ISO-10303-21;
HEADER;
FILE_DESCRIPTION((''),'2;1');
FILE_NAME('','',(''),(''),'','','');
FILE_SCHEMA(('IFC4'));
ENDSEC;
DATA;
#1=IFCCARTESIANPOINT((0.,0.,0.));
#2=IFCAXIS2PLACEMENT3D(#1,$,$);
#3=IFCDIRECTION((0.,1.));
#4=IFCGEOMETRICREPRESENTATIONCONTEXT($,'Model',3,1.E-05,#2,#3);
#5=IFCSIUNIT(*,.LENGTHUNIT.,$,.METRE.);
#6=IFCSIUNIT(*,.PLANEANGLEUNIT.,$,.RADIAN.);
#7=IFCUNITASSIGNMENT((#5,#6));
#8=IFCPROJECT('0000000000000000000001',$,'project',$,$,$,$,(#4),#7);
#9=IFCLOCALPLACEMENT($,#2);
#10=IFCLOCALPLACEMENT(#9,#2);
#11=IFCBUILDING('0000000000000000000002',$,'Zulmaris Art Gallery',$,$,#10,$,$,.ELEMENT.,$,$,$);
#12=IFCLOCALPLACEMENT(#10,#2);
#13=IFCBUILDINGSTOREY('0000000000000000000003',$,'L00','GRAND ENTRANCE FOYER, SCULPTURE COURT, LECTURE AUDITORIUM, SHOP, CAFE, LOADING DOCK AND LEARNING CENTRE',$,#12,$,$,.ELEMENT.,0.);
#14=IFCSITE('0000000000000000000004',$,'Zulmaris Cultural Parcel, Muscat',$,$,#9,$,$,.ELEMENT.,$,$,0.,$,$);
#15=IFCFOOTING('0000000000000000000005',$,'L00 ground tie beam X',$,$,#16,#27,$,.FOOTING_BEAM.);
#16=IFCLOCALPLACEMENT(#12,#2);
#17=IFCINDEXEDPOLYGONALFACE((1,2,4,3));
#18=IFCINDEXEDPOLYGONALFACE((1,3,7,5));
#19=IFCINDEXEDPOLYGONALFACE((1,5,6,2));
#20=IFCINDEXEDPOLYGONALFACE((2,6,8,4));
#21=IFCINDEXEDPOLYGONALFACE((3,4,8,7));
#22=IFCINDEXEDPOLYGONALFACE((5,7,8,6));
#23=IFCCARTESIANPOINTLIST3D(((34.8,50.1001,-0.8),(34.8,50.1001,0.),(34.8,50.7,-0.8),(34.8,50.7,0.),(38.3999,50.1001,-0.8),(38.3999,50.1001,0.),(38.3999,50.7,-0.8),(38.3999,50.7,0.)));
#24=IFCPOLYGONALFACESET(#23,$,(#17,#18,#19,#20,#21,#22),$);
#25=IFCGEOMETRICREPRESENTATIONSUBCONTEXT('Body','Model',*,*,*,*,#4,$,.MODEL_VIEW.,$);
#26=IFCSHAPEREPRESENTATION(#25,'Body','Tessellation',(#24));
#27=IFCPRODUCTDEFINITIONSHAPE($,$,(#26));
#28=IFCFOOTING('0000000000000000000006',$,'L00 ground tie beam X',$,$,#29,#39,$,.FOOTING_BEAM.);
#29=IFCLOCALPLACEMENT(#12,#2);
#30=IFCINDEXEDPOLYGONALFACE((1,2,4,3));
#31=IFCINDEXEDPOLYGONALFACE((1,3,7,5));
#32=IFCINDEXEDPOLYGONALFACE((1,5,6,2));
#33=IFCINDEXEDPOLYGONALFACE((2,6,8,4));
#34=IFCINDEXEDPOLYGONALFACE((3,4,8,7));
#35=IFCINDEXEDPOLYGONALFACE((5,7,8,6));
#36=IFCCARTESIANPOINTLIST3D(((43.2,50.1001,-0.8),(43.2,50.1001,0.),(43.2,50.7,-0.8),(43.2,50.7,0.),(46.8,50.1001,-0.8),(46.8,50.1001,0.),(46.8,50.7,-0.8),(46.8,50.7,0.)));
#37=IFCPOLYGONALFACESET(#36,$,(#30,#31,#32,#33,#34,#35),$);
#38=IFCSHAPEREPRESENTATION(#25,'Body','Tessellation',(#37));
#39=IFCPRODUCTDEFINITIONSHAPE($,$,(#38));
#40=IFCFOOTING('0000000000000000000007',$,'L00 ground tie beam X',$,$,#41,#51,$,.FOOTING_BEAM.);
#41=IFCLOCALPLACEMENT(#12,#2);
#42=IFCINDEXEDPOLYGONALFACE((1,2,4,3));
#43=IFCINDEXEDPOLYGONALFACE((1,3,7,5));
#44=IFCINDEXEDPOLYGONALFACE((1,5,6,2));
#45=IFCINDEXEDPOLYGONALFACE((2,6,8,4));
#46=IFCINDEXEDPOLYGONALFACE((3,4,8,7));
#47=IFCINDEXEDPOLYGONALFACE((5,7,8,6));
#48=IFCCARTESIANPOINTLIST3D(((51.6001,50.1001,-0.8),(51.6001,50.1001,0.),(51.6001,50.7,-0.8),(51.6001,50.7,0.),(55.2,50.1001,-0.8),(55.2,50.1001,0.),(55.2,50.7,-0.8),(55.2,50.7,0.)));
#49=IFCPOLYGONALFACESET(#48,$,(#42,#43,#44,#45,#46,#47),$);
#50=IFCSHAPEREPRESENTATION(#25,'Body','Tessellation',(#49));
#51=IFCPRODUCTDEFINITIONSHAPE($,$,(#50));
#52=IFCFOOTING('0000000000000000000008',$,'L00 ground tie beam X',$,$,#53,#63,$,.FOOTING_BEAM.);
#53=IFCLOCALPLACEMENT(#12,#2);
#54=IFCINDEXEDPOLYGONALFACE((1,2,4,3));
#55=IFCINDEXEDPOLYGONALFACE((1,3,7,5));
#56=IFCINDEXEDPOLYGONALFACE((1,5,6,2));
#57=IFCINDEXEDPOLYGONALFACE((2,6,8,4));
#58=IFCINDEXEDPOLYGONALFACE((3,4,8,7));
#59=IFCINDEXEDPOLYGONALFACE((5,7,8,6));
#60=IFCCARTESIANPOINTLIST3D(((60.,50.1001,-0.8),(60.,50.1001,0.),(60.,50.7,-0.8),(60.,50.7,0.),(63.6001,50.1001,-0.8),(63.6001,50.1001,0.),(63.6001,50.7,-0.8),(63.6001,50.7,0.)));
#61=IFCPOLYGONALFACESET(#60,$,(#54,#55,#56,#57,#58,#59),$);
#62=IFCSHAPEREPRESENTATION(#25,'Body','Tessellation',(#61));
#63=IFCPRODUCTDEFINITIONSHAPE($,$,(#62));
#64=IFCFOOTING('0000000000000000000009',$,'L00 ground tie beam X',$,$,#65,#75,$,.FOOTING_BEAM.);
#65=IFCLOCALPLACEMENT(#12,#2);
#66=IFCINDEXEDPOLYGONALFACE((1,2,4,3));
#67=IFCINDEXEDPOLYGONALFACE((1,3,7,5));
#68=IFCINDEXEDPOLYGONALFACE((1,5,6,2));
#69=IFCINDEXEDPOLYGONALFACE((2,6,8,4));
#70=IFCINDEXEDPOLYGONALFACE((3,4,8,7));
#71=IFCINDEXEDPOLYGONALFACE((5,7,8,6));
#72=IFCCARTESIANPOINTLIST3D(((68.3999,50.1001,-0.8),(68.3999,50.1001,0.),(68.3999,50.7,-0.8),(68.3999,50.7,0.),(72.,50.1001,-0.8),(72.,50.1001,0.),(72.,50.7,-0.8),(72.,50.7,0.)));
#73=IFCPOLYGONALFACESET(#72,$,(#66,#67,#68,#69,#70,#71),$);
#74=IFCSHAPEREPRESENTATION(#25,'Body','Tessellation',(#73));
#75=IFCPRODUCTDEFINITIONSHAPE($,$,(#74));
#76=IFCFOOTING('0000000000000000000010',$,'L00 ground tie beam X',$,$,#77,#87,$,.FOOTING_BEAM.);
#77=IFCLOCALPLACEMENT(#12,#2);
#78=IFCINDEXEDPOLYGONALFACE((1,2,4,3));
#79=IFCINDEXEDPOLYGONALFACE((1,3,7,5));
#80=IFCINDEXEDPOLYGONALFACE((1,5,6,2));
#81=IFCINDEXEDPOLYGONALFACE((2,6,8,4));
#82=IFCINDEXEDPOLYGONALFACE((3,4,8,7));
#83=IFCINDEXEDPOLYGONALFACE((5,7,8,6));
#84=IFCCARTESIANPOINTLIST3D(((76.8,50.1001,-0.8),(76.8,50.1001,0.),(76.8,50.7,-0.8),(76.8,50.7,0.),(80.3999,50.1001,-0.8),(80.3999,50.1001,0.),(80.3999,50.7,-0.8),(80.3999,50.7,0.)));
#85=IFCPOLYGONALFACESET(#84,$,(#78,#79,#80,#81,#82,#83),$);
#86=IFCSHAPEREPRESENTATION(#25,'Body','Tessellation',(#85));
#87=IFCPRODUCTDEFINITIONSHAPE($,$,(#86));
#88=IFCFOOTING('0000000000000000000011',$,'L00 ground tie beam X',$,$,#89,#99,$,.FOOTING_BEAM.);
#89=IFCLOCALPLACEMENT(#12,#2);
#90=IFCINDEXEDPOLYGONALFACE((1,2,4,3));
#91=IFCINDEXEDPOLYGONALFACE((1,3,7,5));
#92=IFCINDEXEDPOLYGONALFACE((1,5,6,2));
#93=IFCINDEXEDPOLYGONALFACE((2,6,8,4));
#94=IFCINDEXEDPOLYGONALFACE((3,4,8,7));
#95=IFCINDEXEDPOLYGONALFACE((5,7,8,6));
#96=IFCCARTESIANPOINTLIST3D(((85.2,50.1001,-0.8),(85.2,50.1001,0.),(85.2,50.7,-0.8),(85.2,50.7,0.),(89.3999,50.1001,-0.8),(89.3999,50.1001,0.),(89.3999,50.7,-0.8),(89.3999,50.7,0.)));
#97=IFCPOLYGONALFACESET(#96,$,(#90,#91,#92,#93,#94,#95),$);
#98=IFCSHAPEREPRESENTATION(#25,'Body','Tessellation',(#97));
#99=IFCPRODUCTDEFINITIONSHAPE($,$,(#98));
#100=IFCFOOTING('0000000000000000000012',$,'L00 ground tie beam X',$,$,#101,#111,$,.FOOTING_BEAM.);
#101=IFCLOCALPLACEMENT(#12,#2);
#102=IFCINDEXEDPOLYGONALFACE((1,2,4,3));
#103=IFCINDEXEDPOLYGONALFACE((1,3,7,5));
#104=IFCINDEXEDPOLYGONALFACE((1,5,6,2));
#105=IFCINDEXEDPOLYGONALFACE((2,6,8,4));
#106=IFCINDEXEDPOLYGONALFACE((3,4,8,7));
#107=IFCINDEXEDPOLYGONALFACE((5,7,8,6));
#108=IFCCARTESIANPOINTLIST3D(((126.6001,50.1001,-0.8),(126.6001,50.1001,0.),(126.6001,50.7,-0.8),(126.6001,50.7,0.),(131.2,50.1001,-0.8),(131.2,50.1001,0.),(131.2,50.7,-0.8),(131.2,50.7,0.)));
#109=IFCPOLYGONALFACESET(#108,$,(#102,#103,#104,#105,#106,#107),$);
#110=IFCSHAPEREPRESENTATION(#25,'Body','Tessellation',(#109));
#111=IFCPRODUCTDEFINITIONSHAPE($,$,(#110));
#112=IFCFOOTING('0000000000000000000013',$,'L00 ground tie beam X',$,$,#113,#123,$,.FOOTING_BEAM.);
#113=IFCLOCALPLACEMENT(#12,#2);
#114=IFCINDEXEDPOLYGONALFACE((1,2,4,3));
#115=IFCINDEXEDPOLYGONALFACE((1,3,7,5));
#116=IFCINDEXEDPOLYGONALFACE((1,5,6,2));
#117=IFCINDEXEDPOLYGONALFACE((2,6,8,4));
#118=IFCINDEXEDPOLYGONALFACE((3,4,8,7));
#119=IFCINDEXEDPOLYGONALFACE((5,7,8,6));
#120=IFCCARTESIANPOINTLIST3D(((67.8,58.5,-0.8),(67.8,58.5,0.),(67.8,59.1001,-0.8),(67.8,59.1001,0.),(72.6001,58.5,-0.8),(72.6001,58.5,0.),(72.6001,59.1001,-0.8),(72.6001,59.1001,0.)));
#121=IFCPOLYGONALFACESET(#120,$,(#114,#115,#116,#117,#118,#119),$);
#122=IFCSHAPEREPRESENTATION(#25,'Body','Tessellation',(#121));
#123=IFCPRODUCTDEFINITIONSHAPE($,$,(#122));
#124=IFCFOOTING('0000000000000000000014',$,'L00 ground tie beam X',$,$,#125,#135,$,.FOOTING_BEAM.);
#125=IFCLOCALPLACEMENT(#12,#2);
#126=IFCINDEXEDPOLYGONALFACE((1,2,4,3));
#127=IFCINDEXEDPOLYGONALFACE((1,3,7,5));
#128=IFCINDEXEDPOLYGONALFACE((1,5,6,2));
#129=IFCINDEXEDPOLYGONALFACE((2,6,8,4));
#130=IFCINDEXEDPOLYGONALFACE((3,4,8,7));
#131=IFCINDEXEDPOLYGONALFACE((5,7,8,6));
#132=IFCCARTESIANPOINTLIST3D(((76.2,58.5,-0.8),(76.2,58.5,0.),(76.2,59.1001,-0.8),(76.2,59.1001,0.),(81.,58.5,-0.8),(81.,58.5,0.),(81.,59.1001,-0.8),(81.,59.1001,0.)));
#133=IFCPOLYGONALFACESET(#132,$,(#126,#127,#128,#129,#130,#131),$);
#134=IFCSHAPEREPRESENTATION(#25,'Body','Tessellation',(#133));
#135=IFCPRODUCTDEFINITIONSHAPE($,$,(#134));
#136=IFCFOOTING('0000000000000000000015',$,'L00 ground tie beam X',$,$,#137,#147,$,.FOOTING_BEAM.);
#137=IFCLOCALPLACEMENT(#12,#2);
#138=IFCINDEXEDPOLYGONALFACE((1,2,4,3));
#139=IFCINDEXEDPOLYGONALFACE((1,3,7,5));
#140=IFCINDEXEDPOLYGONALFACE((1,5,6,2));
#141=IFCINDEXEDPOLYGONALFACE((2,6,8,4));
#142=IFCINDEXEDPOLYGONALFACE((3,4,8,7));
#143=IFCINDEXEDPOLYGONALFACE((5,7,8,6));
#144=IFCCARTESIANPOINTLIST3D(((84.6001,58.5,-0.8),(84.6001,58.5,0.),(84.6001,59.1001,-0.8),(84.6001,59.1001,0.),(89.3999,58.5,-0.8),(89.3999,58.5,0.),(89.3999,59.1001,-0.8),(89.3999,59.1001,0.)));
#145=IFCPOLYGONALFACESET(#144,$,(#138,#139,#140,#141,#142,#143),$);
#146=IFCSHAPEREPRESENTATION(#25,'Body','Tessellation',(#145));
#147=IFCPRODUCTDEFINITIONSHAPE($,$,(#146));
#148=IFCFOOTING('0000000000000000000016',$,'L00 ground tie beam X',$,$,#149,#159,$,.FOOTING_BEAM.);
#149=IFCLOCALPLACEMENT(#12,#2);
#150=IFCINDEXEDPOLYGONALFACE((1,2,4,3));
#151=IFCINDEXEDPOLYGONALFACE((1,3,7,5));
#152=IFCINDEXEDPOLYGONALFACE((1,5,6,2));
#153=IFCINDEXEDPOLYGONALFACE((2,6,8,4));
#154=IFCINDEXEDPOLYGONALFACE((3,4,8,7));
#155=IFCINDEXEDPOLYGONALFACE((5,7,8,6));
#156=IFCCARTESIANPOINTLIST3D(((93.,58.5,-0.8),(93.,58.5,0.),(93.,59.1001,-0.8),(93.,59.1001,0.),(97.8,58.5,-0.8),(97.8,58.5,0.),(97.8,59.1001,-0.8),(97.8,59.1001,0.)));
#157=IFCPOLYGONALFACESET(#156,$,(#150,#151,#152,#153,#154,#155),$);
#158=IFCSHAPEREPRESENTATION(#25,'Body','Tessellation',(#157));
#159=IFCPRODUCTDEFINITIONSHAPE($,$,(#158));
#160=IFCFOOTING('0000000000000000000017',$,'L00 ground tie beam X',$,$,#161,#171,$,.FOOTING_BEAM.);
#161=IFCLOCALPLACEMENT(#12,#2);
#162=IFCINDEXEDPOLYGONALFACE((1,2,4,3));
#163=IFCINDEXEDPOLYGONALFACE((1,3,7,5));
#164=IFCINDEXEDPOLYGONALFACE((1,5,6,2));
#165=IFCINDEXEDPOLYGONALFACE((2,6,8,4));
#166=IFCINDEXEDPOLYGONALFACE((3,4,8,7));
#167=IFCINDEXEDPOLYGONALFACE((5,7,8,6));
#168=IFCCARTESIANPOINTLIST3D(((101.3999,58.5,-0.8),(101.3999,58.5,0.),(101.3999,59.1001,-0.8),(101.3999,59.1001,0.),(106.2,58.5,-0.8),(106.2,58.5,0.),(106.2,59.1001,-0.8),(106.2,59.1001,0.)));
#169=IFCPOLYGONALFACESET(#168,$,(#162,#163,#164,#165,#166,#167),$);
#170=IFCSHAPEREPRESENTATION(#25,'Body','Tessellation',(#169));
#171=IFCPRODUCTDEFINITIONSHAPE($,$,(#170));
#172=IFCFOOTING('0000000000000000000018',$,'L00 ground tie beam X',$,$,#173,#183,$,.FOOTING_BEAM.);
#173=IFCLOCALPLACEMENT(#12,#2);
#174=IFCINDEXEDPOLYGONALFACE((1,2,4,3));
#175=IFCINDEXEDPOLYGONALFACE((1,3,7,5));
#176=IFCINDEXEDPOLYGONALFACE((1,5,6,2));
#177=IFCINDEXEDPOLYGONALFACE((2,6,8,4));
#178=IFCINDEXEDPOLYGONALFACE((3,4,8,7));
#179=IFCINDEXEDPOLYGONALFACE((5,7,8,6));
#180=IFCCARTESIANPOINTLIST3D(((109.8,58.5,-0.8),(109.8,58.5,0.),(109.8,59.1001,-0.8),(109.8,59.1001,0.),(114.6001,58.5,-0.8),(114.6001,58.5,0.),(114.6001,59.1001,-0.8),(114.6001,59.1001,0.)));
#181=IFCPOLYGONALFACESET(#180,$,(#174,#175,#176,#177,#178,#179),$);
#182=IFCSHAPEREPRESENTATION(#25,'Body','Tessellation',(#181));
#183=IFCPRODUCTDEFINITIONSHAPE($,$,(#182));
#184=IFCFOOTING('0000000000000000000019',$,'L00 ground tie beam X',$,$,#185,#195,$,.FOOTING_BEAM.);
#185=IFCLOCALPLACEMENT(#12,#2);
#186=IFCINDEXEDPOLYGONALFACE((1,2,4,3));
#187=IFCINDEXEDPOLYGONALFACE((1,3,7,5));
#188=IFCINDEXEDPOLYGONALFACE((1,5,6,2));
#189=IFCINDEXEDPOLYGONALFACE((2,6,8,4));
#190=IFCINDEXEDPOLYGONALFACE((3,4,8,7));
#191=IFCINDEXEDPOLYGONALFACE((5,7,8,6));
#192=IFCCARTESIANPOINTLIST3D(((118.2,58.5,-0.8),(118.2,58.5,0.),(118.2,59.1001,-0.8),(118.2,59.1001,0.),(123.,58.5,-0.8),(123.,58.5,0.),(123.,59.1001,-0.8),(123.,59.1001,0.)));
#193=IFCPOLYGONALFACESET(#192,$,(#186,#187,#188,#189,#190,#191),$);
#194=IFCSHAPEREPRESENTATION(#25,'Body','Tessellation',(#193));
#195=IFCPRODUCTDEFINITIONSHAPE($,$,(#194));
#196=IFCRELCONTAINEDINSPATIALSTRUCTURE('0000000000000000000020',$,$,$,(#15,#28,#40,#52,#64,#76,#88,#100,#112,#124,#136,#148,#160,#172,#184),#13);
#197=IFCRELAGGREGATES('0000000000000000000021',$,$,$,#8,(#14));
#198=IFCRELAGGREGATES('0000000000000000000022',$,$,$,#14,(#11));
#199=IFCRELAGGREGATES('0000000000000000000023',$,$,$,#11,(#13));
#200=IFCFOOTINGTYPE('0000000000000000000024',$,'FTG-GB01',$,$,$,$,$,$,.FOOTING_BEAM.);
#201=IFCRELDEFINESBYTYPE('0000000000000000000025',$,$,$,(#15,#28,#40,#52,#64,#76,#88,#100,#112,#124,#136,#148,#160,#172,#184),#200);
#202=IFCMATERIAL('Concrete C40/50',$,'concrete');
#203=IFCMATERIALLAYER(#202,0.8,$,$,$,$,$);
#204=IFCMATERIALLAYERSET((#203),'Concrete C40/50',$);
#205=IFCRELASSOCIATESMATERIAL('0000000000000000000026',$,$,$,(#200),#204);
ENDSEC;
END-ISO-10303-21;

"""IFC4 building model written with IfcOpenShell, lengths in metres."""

from ifc_helpers import new_model, si_unit, direction, frame, origin, place, context, subcontext, project, spatial, polyline, outline, extrude, material, layer, layer_set, type_object, element, save


model = new_model("IFC4")

# Units and contexts
model_context = context("Model", 3, precision=1e-05, world=origin(), true_north=direction((0.0, 1.0)))
body_context = subcontext(model_context, "Body", "Model", "MODEL_VIEW")
ifc_project = project(units=[si_unit("LENGTHUNIT", "METRE"), si_unit("PLANEANGLEUNIT", "RADIAN")], contexts=[model_context])

# Site, building, storey
site_placement = place(None, origin())
site = spatial("IfcSite", under=ifc_project, at=site_placement, Name="Zulmaris Cultural Parcel, Muscat", CompositionType="ELEMENT", RefElevation=0.0)
building_placement = place(site_placement, origin())
building = spatial("IfcBuilding", under=site, at=building_placement, Name="Zulmaris Art Gallery", CompositionType="ELEMENT")
storey_placement = place(building_placement, origin())
storey = spatial("IfcBuildingStorey", under=building, at=storey_placement, Name="L00", Description="GRAND ENTRANCE FOYER, SCULPTURE COURT, LECTURE AUDITORIUM, SHOP, CAFE, LOADING DOCK AND LEARNING CENTRE", CompositionType="ELEMENT", Elevation=0.0)

# Footings
ifc_material = material(Name="Concrete C40/50", Category="concrete")
ifc_layer = layer(ifc_material, 0.8)
ifc_layer_set = layer_set([ifc_layer], Name="Concrete C40/50")
footing_type = type_object("IfcFootingType", Name="FTG-GB01", PredefinedType="FOOTING_BEAM", material=ifc_layer_set)
footing_1_placement = place(storey_placement, frame((0.0, 0.0, -0.8)))
element("IfcFooting", 1, at=footing_1_placement, inside=storey, type_object=footing_type, Name="L00 ground tie beam X", PredefinedType="FOOTING_BEAM", context=body_context, shape_type="SweptSolid", body=[
    extrude(outline(polyline([(34.8, 50.1001), (38.3999, 50.1001), (38.3999, 50.7), (34.8, 50.7), (34.8, 50.1001)])), origin(), (0.0, 0.0, 1.0), 0.8),
])
footing_2_placement = place(storey_placement, frame((0.0, 0.0, -0.8)))
element("IfcFooting", 2, at=footing_2_placement, inside=storey, type_object=footing_type, Name="L00 ground tie beam X", PredefinedType="FOOTING_BEAM", context=body_context, shape_type="SweptSolid", body=[
    extrude(outline(polyline([(43.2, 50.1001), (46.8, 50.1001), (46.8, 50.7), (43.2, 50.7), (43.2, 50.1001)])), origin(), (0.0, 0.0, 1.0), 0.8),
])
footing_3_placement = place(storey_placement, frame((0.0, 0.0, -0.8)))
element("IfcFooting", 3, at=footing_3_placement, inside=storey, type_object=footing_type, Name="L00 ground tie beam X", PredefinedType="FOOTING_BEAM", context=body_context, shape_type="SweptSolid", body=[
    extrude(outline(polyline([(51.6001, 50.1001), (55.2, 50.1001), (55.2, 50.7), (51.6001, 50.7), (51.6001, 50.1001)])), origin(), (0.0, 0.0, 1.0), 0.8),
])
footing_4_placement = place(storey_placement, frame((0.0, 0.0, -0.8)))
element("IfcFooting", 4, at=footing_4_placement, inside=storey, type_object=footing_type, Name="L00 ground tie beam X", PredefinedType="FOOTING_BEAM", context=body_context, shape_type="SweptSolid", body=[
    extrude(outline(polyline([(60.0, 50.1001), (63.6001, 50.1001), (63.6001, 50.7), (60.0, 50.7), (60.0, 50.1001)])), origin(), (0.0, 0.0, 1.0), 0.8),
])
footing_5_placement = place(storey_placement, frame((0.0, 0.0, -0.8)))
element("IfcFooting", 5, at=footing_5_placement, inside=storey, type_object=footing_type, Name="L00 ground tie beam X", PredefinedType="FOOTING_BEAM", context=body_context, shape_type="SweptSolid", body=[
    extrude(outline(polyline([(68.3999, 50.1001), (72.0, 50.1001), (72.0, 50.7), (68.3999, 50.7), (68.3999, 50.1001)])), origin(), (0.0, 0.0, 1.0), 0.8),
])
footing_6_placement = place(storey_placement, frame((0.0, 0.0, -0.8)))
element("IfcFooting", 6, at=footing_6_placement, inside=storey, type_object=footing_type, Name="L00 ground tie beam X", PredefinedType="FOOTING_BEAM", context=body_context, shape_type="SweptSolid", body=[
    extrude(outline(polyline([(76.8, 50.1001), (80.3999, 50.1001), (80.3999, 50.7), (76.8, 50.7), (76.8, 50.1001)])), origin(), (0.0, 0.0, 1.0), 0.8),
])
footing_7_placement = place(storey_placement, frame((0.0, 0.0, -0.8)))
element("IfcFooting", 7, at=footing_7_placement, inside=storey, type_object=footing_type, Name="L00 ground tie beam X", PredefinedType="FOOTING_BEAM", context=body_context, shape_type="SweptSolid", body=[
    extrude(outline(polyline([(85.2, 50.1001), (89.3999, 50.1001), (89.3999, 50.7), (85.2, 50.7), (85.2, 50.1001)])), origin(), (0.0, 0.0, 1.0), 0.8),
])
footing_8_placement = place(storey_placement, frame((0.0, 0.0, -0.8)))
element("IfcFooting", 8, at=footing_8_placement, inside=storey, type_object=footing_type, Name="L00 ground tie beam X", PredefinedType="FOOTING_BEAM", context=body_context, shape_type="SweptSolid", body=[
    extrude(outline(polyline([(126.6001, 50.1001), (131.2, 50.1001), (131.2, 50.7), (126.6001, 50.7), (126.6001, 50.1001)])), origin(), (0.0, 0.0, 1.0), 0.8),
])
footing_9_placement = place(storey_placement, frame((0.0, 0.0, -0.8)))
element("IfcFooting", 9, at=footing_9_placement, inside=storey, type_object=footing_type, Name="L00 ground tie beam X", PredefinedType="FOOTING_BEAM", context=body_context, shape_type="SweptSolid", body=[
    extrude(outline(polyline([(67.8, 58.5), (72.6001, 58.5), (72.6001, 59.1001), (67.8, 59.1001), (67.8, 58.5)])), origin(), (0.0, 0.0, 1.0), 0.8),
])
footing_10_placement = place(storey_placement, frame((0.0, 0.0, -0.8)))
element("IfcFooting", 10, at=footing_10_placement, inside=storey, type_object=footing_type, Name="L00 ground tie beam X", PredefinedType="FOOTING_BEAM", context=body_context, shape_type="SweptSolid", body=[
    extrude(outline(polyline([(76.2, 58.5), (81.0, 58.5), (81.0, 59.1001), (76.2, 59.1001), (76.2, 58.5)])), origin(), (0.0, 0.0, 1.0), 0.8),
])
footing_11_placement = place(storey_placement, frame((0.0, 0.0, -0.8)))
element("IfcFooting", 11, at=footing_11_placement, inside=storey, type_object=footing_type, Name="L00 ground tie beam X", PredefinedType="FOOTING_BEAM", context=body_context, shape_type="SweptSolid", body=[
    extrude(outline(polyline([(84.6001, 58.5), (89.3999, 58.5), (89.3999, 59.1001), (84.6001, 59.1001), (84.6001, 58.5)])), origin(), (0.0, 0.0, 1.0), 0.8),
])
footing_12_placement = place(storey_placement, frame((0.0, 0.0, -0.8)))
element("IfcFooting", 12, at=footing_12_placement, inside=storey, type_object=footing_type, Name="L00 ground tie beam X", PredefinedType="FOOTING_BEAM", context=body_context, shape_type="SweptSolid", body=[
    extrude(outline(polyline([(93.0, 58.5), (97.8, 58.5), (97.8, 59.1001), (93.0, 59.1001), (93.0, 58.5)])), origin(), (0.0, 0.0, 1.0), 0.8),
])
footing_13_placement = place(storey_placement, frame((0.0, 0.0, -0.8)))
element("IfcFooting", 13, at=footing_13_placement, inside=storey, type_object=footing_type, Name="L00 ground tie beam X", PredefinedType="FOOTING_BEAM", context=body_context, shape_type="SweptSolid", body=[
    extrude(outline(polyline([(101.3999, 58.5), (106.2, 58.5), (106.2, 59.1001), (101.3999, 59.1001), (101.3999, 58.5)])), origin(), (0.0, 0.0, 1.0), 0.8),
])
footing_14_placement = place(storey_placement, frame((0.0, 0.0, -0.8)))
element("IfcFooting", 14, at=footing_14_placement, inside=storey, type_object=footing_type, Name="L00 ground tie beam X", PredefinedType="FOOTING_BEAM", context=body_context, shape_type="SweptSolid", body=[
    extrude(outline(polyline([(109.8, 58.5), (114.6001, 58.5), (114.6001, 59.1001), (109.8, 59.1001), (109.8, 58.5)])), origin(), (0.0, 0.0, 1.0), 0.8),
])
footing_15_placement = place(storey_placement, frame((0.0, 0.0, -0.8)))
element("IfcFooting", 15, at=footing_15_placement, inside=storey, type_object=footing_type, Name="L00 ground tie beam X", PredefinedType="FOOTING_BEAM", context=body_context, shape_type="SweptSolid", body=[
    extrude(outline(polyline([(118.2, 58.5), (123.0, 58.5), (123.0, 59.1001), (118.2, 59.1001), (118.2, 58.5)])), origin(), (0.0, 0.0, 1.0), 0.8),
])

save(model, "model.ifc")
